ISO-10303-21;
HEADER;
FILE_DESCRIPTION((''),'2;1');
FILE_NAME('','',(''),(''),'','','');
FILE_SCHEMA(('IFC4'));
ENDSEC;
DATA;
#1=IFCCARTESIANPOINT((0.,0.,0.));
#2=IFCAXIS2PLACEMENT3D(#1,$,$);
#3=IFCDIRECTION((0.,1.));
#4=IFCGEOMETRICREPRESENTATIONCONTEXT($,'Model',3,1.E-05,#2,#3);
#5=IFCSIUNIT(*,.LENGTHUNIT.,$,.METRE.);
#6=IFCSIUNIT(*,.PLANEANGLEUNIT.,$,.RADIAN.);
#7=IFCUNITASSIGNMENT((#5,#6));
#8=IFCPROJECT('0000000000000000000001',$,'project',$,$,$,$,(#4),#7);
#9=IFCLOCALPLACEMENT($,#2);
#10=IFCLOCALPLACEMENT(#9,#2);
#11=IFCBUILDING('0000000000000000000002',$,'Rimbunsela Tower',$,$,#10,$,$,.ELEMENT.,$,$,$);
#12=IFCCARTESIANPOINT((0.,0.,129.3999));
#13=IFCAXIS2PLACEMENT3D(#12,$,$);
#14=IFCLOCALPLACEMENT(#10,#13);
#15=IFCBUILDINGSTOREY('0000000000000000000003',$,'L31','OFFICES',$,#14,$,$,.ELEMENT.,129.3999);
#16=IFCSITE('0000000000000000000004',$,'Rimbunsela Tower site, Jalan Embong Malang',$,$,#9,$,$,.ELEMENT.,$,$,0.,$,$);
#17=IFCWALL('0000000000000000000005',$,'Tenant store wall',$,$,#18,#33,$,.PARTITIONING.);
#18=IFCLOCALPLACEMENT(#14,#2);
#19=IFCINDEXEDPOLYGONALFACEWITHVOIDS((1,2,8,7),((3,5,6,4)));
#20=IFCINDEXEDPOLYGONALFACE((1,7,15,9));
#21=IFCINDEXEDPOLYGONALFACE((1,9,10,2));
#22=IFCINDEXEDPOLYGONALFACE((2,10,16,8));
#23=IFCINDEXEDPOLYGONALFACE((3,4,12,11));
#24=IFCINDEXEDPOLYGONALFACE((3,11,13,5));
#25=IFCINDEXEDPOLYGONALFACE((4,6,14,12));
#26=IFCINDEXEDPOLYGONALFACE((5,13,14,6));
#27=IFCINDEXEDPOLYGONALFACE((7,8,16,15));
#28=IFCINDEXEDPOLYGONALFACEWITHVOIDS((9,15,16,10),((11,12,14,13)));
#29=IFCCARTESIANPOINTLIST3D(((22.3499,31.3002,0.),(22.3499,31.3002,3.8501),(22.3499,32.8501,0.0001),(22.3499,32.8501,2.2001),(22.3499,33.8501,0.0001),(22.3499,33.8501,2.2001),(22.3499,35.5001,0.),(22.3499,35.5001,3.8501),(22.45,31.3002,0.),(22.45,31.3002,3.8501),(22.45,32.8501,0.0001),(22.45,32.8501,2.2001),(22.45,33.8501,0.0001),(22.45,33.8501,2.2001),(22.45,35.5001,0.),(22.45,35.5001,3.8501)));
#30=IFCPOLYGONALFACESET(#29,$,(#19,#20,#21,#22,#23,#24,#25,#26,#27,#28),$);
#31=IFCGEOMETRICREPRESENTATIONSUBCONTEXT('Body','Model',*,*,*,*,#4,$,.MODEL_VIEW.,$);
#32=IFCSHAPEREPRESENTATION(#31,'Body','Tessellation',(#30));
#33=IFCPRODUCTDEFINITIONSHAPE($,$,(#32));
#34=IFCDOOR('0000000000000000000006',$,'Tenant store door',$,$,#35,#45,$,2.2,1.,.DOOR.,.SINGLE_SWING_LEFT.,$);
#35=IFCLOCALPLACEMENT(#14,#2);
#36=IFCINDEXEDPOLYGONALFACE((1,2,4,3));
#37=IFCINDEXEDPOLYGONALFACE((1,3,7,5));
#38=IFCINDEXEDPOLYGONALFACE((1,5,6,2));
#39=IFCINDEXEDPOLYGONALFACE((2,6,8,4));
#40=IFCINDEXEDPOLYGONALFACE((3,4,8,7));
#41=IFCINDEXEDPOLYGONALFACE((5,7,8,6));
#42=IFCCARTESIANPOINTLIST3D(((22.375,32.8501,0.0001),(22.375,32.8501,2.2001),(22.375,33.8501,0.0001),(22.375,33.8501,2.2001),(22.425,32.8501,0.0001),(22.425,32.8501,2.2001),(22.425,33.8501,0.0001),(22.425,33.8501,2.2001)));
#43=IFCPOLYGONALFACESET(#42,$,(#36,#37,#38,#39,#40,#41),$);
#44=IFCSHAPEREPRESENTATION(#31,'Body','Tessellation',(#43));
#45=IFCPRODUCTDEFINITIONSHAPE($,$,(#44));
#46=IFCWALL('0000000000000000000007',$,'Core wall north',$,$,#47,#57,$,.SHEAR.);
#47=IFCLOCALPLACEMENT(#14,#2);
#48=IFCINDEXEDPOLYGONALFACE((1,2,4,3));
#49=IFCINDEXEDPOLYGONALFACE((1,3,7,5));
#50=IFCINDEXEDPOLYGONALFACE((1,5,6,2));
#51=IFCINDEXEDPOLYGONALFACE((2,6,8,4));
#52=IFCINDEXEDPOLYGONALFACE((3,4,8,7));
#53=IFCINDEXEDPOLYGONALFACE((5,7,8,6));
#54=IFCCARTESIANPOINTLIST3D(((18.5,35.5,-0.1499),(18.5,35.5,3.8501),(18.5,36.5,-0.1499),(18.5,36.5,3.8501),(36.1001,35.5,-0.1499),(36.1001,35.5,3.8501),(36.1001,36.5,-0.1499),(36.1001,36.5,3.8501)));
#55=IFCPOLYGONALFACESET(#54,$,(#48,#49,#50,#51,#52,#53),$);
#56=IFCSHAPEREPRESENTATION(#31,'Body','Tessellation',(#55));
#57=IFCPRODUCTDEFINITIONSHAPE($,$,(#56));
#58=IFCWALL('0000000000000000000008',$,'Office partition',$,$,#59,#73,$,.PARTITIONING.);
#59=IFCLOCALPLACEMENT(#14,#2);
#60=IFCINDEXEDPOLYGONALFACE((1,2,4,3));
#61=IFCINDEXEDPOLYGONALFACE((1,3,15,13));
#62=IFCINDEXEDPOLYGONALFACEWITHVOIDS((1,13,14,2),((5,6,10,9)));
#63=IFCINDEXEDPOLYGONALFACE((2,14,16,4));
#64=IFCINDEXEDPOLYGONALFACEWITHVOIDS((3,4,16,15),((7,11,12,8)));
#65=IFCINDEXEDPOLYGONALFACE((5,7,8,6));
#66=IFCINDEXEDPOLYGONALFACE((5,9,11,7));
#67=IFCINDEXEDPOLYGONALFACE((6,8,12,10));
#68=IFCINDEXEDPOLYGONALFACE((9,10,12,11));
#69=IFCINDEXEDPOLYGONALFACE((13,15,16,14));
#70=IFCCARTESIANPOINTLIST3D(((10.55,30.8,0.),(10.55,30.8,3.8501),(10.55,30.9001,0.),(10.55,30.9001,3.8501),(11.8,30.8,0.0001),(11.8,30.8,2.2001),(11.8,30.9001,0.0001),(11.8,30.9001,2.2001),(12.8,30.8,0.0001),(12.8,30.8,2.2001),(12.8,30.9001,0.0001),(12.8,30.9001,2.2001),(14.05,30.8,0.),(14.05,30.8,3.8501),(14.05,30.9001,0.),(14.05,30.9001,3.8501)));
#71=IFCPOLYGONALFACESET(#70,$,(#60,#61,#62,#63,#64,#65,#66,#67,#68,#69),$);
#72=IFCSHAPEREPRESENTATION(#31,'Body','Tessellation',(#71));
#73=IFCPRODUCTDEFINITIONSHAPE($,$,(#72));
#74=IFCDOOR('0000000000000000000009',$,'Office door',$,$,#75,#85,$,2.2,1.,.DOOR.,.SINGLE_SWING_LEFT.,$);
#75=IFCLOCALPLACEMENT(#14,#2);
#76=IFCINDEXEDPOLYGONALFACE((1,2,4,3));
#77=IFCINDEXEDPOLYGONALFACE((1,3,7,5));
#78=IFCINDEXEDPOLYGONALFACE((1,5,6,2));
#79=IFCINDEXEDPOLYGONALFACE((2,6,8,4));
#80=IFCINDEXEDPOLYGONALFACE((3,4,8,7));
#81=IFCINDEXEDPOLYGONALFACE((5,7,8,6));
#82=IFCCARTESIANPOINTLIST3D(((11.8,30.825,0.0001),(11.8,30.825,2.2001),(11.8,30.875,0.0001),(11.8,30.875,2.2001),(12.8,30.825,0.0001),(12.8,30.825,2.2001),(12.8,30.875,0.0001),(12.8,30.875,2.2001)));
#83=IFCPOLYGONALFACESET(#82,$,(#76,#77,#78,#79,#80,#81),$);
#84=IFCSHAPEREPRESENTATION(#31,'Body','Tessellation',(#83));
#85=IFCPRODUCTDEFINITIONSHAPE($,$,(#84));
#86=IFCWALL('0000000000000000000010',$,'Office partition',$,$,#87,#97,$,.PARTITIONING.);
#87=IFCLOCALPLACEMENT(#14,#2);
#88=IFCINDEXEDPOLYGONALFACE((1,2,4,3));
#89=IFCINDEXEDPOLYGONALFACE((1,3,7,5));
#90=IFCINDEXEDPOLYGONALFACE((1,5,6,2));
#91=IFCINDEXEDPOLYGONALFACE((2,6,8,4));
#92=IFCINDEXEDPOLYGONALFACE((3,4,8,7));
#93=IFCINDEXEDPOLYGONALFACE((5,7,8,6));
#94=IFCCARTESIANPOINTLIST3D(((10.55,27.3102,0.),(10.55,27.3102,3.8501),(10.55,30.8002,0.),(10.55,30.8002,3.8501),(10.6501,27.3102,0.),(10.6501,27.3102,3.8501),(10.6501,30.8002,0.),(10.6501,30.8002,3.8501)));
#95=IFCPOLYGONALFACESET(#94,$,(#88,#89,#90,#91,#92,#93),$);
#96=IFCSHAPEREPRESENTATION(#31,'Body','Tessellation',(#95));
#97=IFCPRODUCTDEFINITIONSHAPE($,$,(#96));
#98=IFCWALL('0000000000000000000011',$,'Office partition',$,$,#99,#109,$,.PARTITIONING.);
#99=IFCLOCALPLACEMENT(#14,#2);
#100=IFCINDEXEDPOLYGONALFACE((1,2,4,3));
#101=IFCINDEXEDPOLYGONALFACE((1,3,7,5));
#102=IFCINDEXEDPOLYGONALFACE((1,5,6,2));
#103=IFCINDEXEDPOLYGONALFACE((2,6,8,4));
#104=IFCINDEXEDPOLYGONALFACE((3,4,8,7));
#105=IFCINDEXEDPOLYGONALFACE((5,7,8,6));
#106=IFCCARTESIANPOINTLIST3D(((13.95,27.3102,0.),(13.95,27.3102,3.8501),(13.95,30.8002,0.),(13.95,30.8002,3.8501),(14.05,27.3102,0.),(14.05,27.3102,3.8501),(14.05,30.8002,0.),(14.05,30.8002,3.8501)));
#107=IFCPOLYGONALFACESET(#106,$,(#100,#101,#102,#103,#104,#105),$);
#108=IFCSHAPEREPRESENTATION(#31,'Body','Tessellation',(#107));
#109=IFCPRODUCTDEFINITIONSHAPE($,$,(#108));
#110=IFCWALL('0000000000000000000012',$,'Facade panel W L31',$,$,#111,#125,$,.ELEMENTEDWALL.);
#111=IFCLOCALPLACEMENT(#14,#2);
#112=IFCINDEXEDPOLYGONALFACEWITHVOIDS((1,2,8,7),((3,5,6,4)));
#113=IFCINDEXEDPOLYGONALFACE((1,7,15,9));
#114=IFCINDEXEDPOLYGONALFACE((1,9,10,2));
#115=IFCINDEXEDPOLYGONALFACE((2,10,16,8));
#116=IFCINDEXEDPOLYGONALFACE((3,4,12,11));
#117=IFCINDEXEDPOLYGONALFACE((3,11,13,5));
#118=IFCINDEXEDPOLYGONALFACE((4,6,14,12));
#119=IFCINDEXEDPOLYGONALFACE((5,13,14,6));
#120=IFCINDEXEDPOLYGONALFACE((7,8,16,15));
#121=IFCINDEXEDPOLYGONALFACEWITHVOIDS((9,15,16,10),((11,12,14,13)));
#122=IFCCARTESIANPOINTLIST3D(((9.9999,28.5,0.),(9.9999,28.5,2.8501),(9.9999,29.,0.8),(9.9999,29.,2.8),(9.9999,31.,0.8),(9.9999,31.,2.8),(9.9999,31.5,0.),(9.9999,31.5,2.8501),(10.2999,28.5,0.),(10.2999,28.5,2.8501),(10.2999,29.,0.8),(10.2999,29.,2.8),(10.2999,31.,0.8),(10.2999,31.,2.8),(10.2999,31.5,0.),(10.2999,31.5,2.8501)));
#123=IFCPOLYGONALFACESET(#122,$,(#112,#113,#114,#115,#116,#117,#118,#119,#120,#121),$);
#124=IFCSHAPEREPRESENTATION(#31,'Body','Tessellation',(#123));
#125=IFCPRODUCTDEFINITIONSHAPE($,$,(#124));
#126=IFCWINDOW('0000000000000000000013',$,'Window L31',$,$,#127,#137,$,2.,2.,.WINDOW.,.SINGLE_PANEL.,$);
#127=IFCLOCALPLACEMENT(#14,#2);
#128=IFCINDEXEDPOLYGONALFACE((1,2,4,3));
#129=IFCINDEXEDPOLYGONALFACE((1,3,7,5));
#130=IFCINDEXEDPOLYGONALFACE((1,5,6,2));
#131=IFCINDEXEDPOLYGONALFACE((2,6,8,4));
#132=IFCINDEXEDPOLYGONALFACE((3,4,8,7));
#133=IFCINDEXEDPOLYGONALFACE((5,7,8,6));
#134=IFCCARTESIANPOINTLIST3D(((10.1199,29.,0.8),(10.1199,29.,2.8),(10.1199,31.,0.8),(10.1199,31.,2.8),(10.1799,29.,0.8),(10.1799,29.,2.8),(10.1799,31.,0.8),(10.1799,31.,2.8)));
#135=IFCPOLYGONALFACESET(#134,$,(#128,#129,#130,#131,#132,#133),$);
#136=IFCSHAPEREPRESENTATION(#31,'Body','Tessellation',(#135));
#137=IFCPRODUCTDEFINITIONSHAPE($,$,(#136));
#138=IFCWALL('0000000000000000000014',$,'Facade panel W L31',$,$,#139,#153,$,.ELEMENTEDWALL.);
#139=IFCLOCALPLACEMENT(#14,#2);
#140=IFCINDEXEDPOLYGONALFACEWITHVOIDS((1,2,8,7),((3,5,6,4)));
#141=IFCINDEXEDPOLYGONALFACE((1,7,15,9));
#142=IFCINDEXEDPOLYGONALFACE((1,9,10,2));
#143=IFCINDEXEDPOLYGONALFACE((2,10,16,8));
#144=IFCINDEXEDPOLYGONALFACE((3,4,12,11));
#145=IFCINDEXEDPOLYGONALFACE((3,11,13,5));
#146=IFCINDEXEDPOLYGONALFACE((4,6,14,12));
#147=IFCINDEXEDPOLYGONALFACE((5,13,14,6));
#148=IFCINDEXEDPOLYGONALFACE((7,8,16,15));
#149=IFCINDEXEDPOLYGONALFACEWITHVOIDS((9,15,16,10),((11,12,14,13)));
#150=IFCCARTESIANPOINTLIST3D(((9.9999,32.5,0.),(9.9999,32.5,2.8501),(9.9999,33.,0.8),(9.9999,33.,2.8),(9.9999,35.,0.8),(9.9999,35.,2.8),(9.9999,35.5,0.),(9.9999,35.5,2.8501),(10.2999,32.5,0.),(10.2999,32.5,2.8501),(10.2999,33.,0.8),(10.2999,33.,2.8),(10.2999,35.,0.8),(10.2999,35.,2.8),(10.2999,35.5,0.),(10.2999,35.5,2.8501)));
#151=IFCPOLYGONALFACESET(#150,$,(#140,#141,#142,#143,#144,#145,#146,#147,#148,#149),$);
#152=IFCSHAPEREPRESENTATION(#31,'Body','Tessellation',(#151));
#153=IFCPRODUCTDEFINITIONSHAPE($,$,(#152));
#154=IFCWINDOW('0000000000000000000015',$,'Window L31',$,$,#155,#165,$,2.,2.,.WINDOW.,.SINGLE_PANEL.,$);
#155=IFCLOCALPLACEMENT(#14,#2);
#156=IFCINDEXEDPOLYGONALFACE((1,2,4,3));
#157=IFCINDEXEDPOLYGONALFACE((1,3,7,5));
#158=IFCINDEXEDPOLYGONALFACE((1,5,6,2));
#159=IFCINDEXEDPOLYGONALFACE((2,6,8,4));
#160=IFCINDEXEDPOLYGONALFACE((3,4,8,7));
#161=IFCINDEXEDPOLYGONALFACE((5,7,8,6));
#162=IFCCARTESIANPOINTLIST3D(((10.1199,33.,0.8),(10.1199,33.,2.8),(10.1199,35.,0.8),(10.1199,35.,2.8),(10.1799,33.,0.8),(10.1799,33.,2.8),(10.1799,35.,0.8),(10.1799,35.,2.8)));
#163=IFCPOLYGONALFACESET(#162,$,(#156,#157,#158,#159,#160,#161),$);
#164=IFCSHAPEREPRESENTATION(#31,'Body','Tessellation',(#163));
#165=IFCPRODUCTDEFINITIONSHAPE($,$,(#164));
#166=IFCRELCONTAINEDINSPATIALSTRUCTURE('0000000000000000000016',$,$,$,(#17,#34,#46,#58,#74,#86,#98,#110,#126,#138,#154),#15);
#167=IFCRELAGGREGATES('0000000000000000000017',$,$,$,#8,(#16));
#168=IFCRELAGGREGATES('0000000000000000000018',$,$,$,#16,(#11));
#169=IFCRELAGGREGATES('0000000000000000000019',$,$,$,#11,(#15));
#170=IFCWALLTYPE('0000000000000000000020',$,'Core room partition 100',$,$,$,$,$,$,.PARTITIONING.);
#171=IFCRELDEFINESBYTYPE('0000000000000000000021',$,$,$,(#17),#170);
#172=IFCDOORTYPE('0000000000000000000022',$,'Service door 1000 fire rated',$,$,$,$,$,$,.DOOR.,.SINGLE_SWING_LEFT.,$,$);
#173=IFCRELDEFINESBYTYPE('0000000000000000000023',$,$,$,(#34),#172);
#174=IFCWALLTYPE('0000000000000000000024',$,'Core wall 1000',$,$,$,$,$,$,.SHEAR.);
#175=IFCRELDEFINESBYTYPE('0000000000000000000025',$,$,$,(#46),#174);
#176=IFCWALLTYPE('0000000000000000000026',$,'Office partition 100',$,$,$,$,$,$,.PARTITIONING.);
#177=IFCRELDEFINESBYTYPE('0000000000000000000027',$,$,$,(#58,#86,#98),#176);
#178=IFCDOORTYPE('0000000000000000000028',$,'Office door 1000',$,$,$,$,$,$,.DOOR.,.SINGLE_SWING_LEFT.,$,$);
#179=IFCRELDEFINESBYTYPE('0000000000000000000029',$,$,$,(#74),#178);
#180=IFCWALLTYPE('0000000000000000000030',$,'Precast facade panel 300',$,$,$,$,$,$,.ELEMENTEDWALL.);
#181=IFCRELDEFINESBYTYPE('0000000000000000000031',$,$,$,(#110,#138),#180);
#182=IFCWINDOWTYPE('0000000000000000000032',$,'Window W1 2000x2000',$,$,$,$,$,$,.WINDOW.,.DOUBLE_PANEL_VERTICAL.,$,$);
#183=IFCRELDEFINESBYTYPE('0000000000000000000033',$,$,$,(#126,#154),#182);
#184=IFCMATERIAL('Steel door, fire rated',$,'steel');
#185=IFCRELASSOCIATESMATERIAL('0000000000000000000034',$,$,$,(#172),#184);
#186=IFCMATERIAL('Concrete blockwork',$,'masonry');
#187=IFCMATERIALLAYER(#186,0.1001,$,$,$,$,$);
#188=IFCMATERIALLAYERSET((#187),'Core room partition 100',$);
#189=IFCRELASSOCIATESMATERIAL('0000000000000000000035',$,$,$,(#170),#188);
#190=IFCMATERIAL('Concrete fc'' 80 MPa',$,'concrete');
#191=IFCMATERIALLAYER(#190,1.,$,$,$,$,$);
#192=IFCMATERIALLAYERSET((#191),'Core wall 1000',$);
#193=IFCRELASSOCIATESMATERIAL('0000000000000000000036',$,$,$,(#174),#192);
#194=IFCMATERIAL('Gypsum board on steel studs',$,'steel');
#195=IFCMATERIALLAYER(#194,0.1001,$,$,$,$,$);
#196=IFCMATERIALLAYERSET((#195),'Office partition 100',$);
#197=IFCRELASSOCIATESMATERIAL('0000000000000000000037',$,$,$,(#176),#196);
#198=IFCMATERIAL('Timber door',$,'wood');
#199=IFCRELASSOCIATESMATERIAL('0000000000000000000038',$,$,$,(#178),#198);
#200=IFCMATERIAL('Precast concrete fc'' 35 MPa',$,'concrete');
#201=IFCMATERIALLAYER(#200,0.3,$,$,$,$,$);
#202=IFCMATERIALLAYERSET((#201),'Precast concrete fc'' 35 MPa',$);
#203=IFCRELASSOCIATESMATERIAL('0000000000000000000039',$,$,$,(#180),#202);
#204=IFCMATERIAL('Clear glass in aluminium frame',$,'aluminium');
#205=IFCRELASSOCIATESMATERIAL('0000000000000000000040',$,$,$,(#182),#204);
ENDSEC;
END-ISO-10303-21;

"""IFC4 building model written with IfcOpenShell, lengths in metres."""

from ifc_helpers import new_model, si_unit, direction, frame, frame_2d, origin, place, context, subcontext, project, spatial, rectangle, extrude, material, layer, layer_set, type_object, element, fill, save


model = new_model("IFC4")

# Units and contexts
model_context = context("Model", 3, precision=1e-05, world=origin(), true_north=direction((0.0, 1.0)))
body_context = subcontext(model_context, "Body", "Model", "MODEL_VIEW")
ifc_project = project(units=[si_unit("LENGTHUNIT", "METRE"), si_unit("PLANEANGLEUNIT", "RADIAN")], contexts=[model_context])

# Site, building, storey
site_placement = place(None, origin())
site = spatial("IfcSite", under=ifc_project, at=site_placement, Name="Rimbunsela Tower site, Jalan Embong Malang", CompositionType="ELEMENT", RefElevation=0.0)
building_placement = place(site_placement, origin())
building = spatial("IfcBuilding", under=site, at=building_placement, Name="Rimbunsela Tower", CompositionType="ELEMENT")
storey_placement = place(building_placement, frame((0.0, 0.0, 129.3999)))
storey = spatial("IfcBuildingStorey", under=building, at=storey_placement, Name="L31", Description="OFFICES", CompositionType="ELEMENT", Elevation=129.3999)

# Shared definitions
ifc_material_1 = material(Name="Steel door, fire rated", Category="steel")
door_type_1 = type_object("IfcDoorType", Name="Service door 1000 fire rated", OperationType="SINGLE_SWING_LEFT", PredefinedType="DOOR", material=ifc_material_1)

# Wall, opening, door
ifc_material_2 = material(Name="Concrete blockwork", Category="masonry")
ifc_layer_1 = layer(ifc_material_2, 0.1001)
ifc_layer_set_1 = layer_set([ifc_layer_1], Name="Core room partition 100")
wall_type_1 = type_object("IfcWallType", Name="Core room partition 100", PredefinedType="PARTITIONING", material=ifc_layer_set_1)
wall_1_placement = place(storey_placement, frame((22.3999, 31.3, 0.0), z_axis=(0.0, 0.0, 1.0), x_axis=(0.0, 1.0, 0.0)))
wall_1 = element("IfcWall", 1, at=wall_1_placement, inside=storey, type_object=wall_type_1, Name="Tenant store wall", PredefinedType="PARTITIONING", context=body_context, shape_type="SweptSolid", body=[
    extrude(rectangle(XDim=4.2, YDim=0.1001, at=frame_2d((2.1001, 0.0))), origin(), (0.0, 0.0, 1.0), 3.8501),
])
opening_1_placement = place(wall_1_placement, frame((1.55, 0.0, 0.0)))
opening_1 = element("IfcOpeningElement", 2, at=opening_1_placement, cuts=wall_1, PredefinedType="OPENING", context=body_context, shape_type="SweptSolid", body=[
    extrude(rectangle(XDim=1.0, YDim=2.2, at=frame_2d((0.5, 1.1001))), frame((0.0, 0.0601, 0.0), z_axis=(0.0, -1.0, 0.0), x_axis=(1.0, 0.0, 0.0)), (0.0, 0.0, 1.0), 0.1201),
])
door_1_placement = place(opening_1_placement, origin())
door_1 = element("IfcDoor", 3, at=door_1_placement, inside=storey, type_object=door_type_1, Name="Tenant store door", OperationType="SINGLE_SWING_LEFT", OverallHeight=2.2, OverallWidth=1.0, PredefinedType="DOOR", context=body_context, shape_type="SweptSolid", body=[
    extrude(rectangle(XDim=1.0, YDim=2.2, at=frame_2d((0.5, 1.1001))), frame((0.0, 0.0249, 0.0), z_axis=(0.0, -1.0, 0.0), x_axis=(1.0, 0.0, 0.0)), (0.0, 0.0, 1.0), 0.05),
])
fill(opening_1, door_1)

# Wall
ifc_material_3 = material(Name="Concrete fc' 80 MPa", Category="concrete")
ifc_layer_2 = layer(ifc_material_3, 1.0)
ifc_layer_set_2 = layer_set([ifc_layer_2], Name="Core wall 1000")
wall_type_2 = type_object("IfcWallType", Name="Core wall 1000", PredefinedType="SHEAR", material=ifc_layer_set_2)
wall_2_placement = place(storey_placement, frame((18.5, 36.0, -0.1499), z_axis=(0.0, 0.0, 1.0), x_axis=(1.0, 0.0, 0.0)))
element("IfcWall", 4, at=wall_2_placement, inside=storey, type_object=wall_type_2, Name="Core wall north", PredefinedType="SHEAR", context=body_context, shape_type="SweptSolid", body=[
    extrude(rectangle(XDim=17.6001, YDim=1.0, at=frame_2d((8.8, 0.0))), origin(), (0.0, 0.0, 1.0), 4.0),
])

# Wall, opening, door
ifc_material_4 = material(Name="Gypsum board on steel studs", Category="steel")
ifc_layer_3 = layer(ifc_material_4, 0.1001)
ifc_layer_set_3 = layer_set([ifc_layer_3], Name="Office partition 100")
wall_type_3 = type_object("IfcWallType", Name="Office partition 100", PredefinedType="PARTITIONING", material=ifc_layer_set_3)
wall_3_placement = place(storey_placement, frame((10.55, 30.8501, 0.0), z_axis=(0.0, 0.0, 1.0), x_axis=(1.0, 0.0, 0.0)))
wall_3 = element("IfcWall", 5, at=wall_3_placement, inside=storey, type_object=wall_type_3, Name="Office partition", PredefinedType="PARTITIONING", context=body_context, shape_type="SweptSolid", body=[
    extrude(rectangle(XDim=3.5, YDim=0.1001, at=frame_2d((1.75, 0.0))), origin(), (0.0, 0.0, 1.0), 3.8501),
])
opening_2_placement = place(wall_3_placement, frame((1.25, 0.0, 0.0)))
opening_2 = element("IfcOpeningElement", 6, at=opening_2_placement, cuts=wall_3, PredefinedType="OPENING", context=body_context, shape_type="SweptSolid", body=[
    extrude(rectangle(XDim=1.0, YDim=2.2, at=frame_2d((0.5, 1.1001))), frame((0.0, 0.0601, 0.0), z_axis=(0.0, -1.0, 0.0), x_axis=(1.0, 0.0, 0.0)), (0.0, 0.0, 1.0), 0.1201),
])
ifc_material_5 = material(Name="Timber door", Category="wood")
door_type_2 = type_object("IfcDoorType", Name="Office door 1000", OperationType="SINGLE_SWING_LEFT", PredefinedType="DOOR", material=ifc_material_5)
door_2_placement = place(opening_2_placement, origin())
door_2 = element("IfcDoor", 7, at=door_2_placement, inside=storey, type_object=door_type_2, Name="Office door", OperationType="SINGLE_SWING_LEFT", OverallHeight=2.2, OverallWidth=1.0, PredefinedType="DOOR", context=body_context, shape_type="SweptSolid", body=[
    extrude(rectangle(XDim=1.0, YDim=2.2, at=frame_2d((0.5, 1.1001))), frame((0.0, 0.0249, 0.0), z_axis=(0.0, -1.0, 0.0), x_axis=(1.0, 0.0, 0.0)), (0.0, 0.0, 1.0), 0.05),
])
fill(opening_2, door_2)

# Walls
for number, where, z_axis, x_axis, name in (
    (8, (10.6001, 27.3101, 0.0), (0.0, 0.0, 1.0), (0.0, 1.0, 0.0), "Office partition"),
    (9, (14.0, 27.3101, 0.0), (0.0, 0.0, 1.0), (0.0, 1.0, 0.0), "Office partition"),
):
    element("IfcWall", number, at=place(storey_placement, frame(where, z_axis=z_axis, x_axis=x_axis)), inside=storey, type_object=wall_type_3, Name=name, PredefinedType="PARTITIONING", context=body_context, shape_type="SweptSolid", body=[
        extrude(rectangle(XDim=3.49, YDim=0.1001, at=frame_2d((1.7451, 0.0))), origin(), (0.0, 0.0, 1.0), 3.8501),
    ])

# Walls, openings, windows
ifc_material_6 = material(Name="Precast concrete fc' 35 MPa", Category="concrete")
ifc_layer_4 = layer(ifc_material_6, 0.3)
ifc_layer_set_4 = layer_set([ifc_layer_4], Name="Precast concrete fc' 35 MPa")
wall_type_4 = type_object("IfcWallType", Name="Precast facade panel 300", PredefinedType="ELEMENTEDWALL", material=ifc_layer_set_4)
wall_4_placement = place(storey_placement, frame((10.1499, 31.5, 0.0), z_axis=(0.0, 0.0, 1.0), x_axis=(0.0, -1.0, 0.0)))
wall_4 = element("IfcWall", 10, at=wall_4_placement, inside=storey, type_object=wall_type_4, Name="Facade panel W L31", PredefinedType="ELEMENTEDWALL", context=body_context, shape_type="SweptSolid", body=[
    extrude(rectangle(XDim=3.0, YDim=0.3, at=frame_2d((1.5, 0.0))), origin(), (0.0, 0.0, 1.0), 2.8501),
])
opening_3_placement = place(wall_4_placement, frame((0.5, 0.0, 0.8)))
opening_3 = element("IfcOpeningElement", 11, at=opening_3_placement, cuts=wall_4, PredefinedType="OPENING", context=body_context, shape_type="SweptSolid", body=[
    extrude(rectangle(XDim=2.0, YDim=2.0, at=frame_2d((1.0, 1.0))), frame((0.0, 0.1599, 0.0), z_axis=(0.0, -1.0, 0.0), x_axis=(1.0, 0.0, 0.0)), (0.0, 0.0, 1.0), 0.3201),
])
ifc_material_7 = material(Name="Clear glass in aluminium frame", Category="aluminium")
window_type = type_object("IfcWindowType", Name="Window W1 2000x2000", PartitioningType="DOUBLE_PANEL_VERTICAL", PredefinedType="WINDOW", material=ifc_material_7)
window_1_placement = place(opening_3_placement, origin())
window_1 = element("IfcWindow", 12, at=window_1_placement, inside=storey, type_object=window_type, Name="Window L31", OverallHeight=2.0, OverallWidth=2.0, PartitioningType="SINGLE_PANEL", PredefinedType="WINDOW", context=body_context, shape_type="SweptSolid", body=[
    extrude(rectangle(XDim=2.0, YDim=2.0, at=frame_2d((1.0, 1.0))), frame((0.0, 0.03, 0.0), z_axis=(0.0, -1.0, 0.0), x_axis=(1.0, 0.0, 0.0)), (0.0, 0.0, 1.0), 0.0601),
])
fill(opening_3, window_1)
wall_5_placement = place(storey_placement, frame((10.1499, 35.5, 0.0), z_axis=(0.0, 0.0, 1.0), x_axis=(0.0, -1.0, 0.0)))
wall_5 = element("IfcWall", 13, at=wall_5_placement, inside=storey, type_object=wall_type_4, Name="Facade panel W L31", PredefinedType="ELEMENTEDWALL", context=body_context, shape_type="SweptSolid", body=[
    extrude(rectangle(XDim=3.0, YDim=0.3, at=frame_2d((1.5, 0.0))), origin(), (0.0, 0.0, 1.0), 2.8501),
])
opening_4_placement = place(wall_5_placement, frame((0.5, 0.0, 0.8)))
opening_4 = element("IfcOpeningElement", 14, at=opening_4_placement, cuts=wall_5, PredefinedType="OPENING", context=body_context, shape_type="SweptSolid", body=[
    extrude(rectangle(XDim=2.0, YDim=2.0, at=frame_2d((1.0, 1.0))), frame((0.0, 0.1599, 0.0), z_axis=(0.0, -1.0, 0.0), x_axis=(1.0, 0.0, 0.0)), (0.0, 0.0, 1.0), 0.3201),
])
window_2_placement = place(opening_4_placement, origin())
window_2 = element("IfcWindow", 15, at=window_2_placement, inside=storey, type_object=window_type, Name="Window L31", OverallHeight=2.0, OverallWidth=2.0, PartitioningType="SINGLE_PANEL", PredefinedType="WINDOW", context=body_context, shape_type="SweptSolid", body=[
    extrude(rectangle(XDim=2.0, YDim=2.0, at=frame_2d((1.0, 1.0))), frame((0.0, 0.03, 0.0), z_axis=(0.0, -1.0, 0.0), x_axis=(1.0, 0.0, 0.0)), (0.0, 0.0, 1.0), 0.0601),
])
fill(opening_4, window_2)

save(model, "model.ifc")
